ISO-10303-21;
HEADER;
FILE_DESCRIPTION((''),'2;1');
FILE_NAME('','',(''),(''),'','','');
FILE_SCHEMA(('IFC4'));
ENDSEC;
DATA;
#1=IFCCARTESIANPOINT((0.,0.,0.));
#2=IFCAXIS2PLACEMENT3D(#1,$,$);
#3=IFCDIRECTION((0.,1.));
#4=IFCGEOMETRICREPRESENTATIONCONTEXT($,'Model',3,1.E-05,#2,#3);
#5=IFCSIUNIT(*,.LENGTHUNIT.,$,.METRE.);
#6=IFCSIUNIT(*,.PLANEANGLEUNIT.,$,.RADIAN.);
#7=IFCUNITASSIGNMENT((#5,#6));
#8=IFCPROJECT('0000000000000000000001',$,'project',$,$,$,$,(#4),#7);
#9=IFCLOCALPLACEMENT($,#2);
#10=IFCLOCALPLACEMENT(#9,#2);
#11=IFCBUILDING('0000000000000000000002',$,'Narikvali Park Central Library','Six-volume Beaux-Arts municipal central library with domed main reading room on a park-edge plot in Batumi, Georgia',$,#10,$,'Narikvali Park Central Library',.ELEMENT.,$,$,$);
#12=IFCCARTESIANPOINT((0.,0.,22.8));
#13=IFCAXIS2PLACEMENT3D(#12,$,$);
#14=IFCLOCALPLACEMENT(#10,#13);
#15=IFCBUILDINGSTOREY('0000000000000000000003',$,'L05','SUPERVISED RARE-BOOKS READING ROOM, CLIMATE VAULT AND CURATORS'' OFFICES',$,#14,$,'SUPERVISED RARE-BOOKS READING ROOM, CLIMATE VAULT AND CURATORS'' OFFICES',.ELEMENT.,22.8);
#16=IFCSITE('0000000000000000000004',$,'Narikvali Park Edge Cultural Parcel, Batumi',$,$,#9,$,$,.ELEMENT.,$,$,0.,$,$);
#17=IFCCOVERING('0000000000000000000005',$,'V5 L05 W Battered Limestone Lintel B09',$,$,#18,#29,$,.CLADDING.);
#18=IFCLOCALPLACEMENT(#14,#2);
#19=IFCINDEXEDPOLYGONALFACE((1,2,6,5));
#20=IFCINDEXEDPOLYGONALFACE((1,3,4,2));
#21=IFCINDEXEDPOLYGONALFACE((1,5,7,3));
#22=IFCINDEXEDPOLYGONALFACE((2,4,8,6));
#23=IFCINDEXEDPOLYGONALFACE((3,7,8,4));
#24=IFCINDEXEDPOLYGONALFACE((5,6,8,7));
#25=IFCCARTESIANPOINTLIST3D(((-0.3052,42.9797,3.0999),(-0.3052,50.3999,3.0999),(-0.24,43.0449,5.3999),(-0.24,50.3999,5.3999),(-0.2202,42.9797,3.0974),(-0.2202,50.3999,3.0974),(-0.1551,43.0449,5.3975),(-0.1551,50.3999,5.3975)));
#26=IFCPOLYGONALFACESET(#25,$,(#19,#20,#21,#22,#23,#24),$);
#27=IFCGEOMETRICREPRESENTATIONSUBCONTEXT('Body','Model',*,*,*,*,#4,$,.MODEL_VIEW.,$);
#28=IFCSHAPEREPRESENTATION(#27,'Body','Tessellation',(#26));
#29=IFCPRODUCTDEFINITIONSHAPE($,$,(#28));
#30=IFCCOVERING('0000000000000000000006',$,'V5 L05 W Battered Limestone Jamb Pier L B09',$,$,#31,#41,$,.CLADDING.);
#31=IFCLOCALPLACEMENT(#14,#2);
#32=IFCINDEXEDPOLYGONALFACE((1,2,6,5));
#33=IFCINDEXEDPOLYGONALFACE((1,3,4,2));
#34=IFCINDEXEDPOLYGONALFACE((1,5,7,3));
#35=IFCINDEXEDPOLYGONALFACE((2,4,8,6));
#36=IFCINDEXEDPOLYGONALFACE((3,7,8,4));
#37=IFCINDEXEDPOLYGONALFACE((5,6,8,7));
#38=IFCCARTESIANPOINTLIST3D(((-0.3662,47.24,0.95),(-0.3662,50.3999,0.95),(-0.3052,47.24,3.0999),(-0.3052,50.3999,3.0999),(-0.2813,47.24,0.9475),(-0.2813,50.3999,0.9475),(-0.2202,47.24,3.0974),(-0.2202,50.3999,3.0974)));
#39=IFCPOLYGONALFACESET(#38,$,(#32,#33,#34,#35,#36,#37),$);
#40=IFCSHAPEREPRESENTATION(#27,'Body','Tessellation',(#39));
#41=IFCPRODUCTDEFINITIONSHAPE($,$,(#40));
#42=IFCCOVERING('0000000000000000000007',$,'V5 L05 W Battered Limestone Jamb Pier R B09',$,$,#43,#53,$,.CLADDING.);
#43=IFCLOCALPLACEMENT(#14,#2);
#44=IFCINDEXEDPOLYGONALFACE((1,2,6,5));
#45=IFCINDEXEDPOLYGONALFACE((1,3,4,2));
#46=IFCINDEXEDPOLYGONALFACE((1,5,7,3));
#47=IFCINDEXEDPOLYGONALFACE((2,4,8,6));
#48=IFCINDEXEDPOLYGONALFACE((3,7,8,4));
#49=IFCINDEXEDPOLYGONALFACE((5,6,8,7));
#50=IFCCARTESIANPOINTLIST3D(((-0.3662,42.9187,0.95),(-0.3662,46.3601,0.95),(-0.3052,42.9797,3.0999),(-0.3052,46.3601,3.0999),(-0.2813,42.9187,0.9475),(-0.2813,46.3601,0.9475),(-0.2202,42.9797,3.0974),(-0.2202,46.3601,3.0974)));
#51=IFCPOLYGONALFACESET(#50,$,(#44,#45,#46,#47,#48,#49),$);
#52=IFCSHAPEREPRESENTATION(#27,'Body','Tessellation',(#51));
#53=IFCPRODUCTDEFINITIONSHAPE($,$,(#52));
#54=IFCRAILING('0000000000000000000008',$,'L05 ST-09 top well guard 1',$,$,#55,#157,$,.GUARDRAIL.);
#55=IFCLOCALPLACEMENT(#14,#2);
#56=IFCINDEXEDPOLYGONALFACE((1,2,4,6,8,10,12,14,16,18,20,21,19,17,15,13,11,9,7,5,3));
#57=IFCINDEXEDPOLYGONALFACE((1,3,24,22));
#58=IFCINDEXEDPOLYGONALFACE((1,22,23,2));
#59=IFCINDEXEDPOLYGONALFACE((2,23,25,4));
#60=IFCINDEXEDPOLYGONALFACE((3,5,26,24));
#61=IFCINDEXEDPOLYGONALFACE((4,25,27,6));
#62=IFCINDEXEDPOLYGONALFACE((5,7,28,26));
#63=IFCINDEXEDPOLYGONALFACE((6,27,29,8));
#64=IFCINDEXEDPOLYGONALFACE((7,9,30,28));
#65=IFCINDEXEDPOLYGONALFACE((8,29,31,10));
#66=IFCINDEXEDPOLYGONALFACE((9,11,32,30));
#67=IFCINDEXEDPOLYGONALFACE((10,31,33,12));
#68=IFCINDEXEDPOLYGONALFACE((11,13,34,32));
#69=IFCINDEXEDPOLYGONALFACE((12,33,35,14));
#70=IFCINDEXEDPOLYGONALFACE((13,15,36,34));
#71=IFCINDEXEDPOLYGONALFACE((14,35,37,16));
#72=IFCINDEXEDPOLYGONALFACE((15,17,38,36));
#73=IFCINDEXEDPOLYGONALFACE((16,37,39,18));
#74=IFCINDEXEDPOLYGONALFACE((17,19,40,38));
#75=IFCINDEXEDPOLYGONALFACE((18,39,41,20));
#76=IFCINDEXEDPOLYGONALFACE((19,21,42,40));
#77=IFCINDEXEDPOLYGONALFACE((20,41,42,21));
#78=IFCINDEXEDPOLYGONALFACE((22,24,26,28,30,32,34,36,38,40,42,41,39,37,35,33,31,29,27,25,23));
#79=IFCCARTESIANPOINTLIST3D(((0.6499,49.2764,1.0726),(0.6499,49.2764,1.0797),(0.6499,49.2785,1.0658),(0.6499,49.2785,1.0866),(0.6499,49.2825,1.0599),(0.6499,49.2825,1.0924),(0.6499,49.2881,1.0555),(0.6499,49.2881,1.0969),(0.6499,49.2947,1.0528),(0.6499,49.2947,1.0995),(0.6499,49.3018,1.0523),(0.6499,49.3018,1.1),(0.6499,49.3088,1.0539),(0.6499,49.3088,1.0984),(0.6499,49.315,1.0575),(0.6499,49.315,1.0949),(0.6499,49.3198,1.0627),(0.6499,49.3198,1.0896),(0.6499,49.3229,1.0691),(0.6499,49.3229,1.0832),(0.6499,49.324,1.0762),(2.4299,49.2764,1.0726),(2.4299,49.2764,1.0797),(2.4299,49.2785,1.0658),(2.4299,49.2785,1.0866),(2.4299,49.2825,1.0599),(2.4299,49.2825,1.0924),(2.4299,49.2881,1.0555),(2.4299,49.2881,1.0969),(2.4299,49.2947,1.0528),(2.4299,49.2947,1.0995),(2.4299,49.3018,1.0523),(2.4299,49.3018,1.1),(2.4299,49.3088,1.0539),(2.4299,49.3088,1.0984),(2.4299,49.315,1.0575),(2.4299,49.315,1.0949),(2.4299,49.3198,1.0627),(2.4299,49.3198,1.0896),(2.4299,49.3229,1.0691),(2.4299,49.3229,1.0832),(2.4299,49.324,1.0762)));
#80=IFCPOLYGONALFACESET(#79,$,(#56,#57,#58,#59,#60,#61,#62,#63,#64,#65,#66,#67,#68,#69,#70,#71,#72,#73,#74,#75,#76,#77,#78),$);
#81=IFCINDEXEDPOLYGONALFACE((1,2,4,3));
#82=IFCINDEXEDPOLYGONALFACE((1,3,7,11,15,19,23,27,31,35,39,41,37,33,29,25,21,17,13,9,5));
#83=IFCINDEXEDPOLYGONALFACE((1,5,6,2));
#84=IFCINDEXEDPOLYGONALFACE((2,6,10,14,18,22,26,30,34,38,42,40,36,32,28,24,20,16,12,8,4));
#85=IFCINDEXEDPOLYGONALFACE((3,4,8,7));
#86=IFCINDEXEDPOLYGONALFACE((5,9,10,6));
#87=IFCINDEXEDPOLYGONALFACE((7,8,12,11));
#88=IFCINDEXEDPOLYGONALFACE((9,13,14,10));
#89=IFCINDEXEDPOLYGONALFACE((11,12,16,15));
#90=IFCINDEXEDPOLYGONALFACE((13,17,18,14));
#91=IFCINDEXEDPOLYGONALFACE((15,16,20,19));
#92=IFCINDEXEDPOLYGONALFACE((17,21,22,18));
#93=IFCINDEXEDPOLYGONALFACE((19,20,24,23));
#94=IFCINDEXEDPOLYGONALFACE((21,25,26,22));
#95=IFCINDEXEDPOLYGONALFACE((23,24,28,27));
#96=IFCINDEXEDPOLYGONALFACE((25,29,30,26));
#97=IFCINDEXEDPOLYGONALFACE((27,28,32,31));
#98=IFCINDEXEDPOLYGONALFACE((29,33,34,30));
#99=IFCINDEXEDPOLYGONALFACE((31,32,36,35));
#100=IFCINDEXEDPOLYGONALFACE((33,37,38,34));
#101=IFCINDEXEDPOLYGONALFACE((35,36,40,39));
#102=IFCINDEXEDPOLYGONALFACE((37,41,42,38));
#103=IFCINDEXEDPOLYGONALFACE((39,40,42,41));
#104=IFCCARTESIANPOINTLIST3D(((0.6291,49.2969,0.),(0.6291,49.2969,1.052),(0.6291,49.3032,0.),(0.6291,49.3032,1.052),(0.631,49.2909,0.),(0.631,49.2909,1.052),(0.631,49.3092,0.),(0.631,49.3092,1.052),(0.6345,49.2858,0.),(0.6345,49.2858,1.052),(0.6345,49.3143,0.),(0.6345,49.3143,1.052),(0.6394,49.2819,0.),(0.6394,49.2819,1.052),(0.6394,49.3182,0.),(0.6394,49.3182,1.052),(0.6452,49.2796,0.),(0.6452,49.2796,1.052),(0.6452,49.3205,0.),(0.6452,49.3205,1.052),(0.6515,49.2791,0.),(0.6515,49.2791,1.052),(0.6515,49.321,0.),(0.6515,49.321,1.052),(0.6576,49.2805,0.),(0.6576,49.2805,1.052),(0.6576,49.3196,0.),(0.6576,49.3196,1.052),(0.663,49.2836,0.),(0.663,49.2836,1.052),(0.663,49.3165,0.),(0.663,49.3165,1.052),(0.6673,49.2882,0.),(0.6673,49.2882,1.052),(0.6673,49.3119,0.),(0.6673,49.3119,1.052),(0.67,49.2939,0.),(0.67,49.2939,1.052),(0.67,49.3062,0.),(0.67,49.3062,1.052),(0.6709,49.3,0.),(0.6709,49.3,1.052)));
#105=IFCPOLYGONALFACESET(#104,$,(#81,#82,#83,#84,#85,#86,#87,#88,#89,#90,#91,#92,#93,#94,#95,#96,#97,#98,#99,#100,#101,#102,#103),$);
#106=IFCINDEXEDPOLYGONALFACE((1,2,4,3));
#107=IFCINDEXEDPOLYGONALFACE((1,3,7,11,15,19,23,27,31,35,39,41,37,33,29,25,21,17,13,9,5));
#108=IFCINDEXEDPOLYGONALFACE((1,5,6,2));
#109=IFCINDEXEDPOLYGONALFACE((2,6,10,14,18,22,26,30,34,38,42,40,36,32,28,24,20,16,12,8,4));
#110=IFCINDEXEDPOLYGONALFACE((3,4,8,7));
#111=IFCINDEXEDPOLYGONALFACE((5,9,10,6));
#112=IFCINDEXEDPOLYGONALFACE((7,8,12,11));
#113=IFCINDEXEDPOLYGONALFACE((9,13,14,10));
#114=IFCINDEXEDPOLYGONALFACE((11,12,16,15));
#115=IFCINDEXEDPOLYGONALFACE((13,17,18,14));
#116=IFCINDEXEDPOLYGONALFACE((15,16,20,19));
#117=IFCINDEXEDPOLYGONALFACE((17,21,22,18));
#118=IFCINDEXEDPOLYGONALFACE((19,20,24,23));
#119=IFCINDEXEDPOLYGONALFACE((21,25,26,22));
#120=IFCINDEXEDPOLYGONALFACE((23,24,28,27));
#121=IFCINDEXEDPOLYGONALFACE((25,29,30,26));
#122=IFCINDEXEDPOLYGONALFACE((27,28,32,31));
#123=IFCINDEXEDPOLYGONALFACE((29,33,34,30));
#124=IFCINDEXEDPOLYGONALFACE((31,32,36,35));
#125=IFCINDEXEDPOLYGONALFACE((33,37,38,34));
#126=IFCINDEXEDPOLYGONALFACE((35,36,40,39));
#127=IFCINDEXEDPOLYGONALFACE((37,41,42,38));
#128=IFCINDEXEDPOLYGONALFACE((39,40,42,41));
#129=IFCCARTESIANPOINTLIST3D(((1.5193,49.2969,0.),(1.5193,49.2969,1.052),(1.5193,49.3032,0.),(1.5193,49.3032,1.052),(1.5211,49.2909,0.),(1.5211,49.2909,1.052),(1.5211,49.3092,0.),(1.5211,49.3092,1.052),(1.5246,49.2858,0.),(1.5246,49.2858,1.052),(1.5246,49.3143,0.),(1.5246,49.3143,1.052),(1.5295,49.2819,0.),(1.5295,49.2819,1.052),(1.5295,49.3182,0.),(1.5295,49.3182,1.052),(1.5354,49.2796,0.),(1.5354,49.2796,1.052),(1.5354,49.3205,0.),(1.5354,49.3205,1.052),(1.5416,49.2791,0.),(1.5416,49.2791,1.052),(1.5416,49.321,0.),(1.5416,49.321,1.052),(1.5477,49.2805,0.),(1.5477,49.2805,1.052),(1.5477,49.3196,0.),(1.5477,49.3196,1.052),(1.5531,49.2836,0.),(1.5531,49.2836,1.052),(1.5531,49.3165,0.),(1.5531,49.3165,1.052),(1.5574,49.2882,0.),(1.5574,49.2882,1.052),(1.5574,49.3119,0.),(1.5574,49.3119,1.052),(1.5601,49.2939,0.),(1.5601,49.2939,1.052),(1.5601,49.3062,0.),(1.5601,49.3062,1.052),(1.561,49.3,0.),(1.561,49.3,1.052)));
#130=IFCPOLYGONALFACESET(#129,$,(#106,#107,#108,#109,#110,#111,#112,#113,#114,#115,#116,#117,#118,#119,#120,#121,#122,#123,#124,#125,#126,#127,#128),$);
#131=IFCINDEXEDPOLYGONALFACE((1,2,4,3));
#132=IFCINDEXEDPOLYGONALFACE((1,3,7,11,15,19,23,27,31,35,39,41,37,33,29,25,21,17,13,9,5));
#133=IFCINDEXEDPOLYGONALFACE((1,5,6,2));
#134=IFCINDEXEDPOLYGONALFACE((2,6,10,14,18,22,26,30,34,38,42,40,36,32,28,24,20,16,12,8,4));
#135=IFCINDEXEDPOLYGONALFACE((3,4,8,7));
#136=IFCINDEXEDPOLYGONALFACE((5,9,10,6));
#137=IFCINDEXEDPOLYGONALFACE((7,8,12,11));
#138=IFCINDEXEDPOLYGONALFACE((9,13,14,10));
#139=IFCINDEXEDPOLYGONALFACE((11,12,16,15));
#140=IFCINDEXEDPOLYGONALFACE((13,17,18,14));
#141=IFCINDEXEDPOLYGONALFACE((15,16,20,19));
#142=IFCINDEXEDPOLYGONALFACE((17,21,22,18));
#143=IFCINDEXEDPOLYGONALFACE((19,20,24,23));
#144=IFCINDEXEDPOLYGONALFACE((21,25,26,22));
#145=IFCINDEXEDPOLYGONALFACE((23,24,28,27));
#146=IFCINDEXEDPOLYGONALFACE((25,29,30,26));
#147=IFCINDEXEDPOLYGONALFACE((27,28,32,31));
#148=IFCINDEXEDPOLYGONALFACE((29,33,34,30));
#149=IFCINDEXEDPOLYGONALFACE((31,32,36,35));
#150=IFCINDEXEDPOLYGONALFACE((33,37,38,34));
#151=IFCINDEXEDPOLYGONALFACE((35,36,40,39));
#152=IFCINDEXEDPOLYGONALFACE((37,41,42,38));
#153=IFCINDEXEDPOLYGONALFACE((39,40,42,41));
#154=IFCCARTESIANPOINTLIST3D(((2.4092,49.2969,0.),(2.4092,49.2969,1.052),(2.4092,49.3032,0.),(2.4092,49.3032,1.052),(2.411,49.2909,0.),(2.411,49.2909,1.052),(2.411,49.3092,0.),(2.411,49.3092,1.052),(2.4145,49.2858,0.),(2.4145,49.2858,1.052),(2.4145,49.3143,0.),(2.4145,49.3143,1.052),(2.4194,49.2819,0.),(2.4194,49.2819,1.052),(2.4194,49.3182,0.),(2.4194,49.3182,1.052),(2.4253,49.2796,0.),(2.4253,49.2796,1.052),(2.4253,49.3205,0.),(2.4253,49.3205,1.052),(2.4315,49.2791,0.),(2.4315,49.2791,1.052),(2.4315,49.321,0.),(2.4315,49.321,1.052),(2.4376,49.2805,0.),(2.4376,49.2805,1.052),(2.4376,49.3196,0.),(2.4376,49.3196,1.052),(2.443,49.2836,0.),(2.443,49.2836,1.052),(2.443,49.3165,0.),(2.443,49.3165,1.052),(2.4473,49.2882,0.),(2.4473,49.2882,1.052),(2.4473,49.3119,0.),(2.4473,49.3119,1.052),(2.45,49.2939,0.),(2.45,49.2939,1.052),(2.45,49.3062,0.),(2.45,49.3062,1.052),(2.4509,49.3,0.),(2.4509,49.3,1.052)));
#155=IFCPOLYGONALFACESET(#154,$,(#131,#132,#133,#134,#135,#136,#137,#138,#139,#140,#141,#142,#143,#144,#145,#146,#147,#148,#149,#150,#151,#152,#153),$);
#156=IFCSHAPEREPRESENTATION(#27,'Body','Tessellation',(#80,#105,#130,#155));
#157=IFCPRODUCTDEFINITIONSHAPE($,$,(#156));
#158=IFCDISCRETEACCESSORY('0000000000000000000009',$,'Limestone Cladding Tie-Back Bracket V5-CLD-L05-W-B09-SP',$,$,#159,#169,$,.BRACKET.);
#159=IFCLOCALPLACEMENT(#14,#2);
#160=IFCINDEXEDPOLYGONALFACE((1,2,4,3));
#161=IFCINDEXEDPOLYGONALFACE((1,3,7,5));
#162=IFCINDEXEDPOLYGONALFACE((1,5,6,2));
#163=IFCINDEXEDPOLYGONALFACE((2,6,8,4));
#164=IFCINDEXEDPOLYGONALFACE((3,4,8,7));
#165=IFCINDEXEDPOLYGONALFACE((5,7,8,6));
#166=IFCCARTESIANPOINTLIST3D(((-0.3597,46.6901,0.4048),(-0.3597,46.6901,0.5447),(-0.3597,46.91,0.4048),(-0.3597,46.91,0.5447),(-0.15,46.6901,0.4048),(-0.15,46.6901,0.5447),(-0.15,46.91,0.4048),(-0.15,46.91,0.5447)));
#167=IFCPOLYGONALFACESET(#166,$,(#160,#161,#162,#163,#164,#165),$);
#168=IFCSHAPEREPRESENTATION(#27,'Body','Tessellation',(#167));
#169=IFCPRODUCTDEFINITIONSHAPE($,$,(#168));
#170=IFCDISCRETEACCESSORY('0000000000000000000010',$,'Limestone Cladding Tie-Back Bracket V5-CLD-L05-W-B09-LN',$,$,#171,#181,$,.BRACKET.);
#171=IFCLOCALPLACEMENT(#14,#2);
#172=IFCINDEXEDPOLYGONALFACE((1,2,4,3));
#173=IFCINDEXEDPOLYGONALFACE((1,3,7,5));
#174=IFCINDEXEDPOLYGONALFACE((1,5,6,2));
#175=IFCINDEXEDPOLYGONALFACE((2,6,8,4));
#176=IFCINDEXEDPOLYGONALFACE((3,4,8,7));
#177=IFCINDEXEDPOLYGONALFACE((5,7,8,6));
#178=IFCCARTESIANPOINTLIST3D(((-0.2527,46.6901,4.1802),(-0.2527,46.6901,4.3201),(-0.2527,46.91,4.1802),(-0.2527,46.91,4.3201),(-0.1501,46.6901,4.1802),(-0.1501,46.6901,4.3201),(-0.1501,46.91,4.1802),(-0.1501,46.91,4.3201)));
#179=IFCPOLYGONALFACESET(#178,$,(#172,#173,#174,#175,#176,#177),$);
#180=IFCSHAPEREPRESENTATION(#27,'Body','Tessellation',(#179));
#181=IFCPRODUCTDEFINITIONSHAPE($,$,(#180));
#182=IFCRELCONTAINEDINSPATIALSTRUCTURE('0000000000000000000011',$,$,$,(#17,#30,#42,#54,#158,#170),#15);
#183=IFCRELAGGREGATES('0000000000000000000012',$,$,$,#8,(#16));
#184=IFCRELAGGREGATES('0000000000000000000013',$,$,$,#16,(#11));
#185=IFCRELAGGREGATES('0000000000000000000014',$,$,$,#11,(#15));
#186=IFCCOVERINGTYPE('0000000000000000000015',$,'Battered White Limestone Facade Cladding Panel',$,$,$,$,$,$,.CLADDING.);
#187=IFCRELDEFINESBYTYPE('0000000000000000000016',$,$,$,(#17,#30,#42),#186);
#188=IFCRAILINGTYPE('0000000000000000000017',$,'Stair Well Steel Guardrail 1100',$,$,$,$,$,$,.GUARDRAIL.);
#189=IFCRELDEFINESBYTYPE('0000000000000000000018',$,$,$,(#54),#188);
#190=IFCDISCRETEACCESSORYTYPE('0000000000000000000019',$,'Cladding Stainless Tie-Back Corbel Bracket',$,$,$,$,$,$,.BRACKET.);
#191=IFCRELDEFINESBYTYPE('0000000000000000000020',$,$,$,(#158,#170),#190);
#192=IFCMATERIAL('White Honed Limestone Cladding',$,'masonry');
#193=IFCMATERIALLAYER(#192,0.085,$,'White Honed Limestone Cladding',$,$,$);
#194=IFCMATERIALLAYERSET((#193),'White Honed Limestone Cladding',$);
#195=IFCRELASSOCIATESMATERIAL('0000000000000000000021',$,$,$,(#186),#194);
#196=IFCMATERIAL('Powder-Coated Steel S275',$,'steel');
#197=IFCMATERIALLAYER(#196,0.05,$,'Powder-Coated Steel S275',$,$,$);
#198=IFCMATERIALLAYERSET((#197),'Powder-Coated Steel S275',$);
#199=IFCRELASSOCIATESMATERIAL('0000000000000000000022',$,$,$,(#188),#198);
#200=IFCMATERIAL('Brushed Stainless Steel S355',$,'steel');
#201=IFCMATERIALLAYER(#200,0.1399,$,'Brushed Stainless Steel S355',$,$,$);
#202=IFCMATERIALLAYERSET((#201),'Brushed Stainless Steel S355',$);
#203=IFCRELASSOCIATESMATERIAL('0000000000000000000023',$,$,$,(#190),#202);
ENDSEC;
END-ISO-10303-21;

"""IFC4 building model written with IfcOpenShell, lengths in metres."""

from ifc_helpers import new_model, si_unit, direction, frame, origin, origin_2d, place, context, subcontext, project, spatial, polyline, rectangle, circle, outline, extrude, material, layer, layer_set, type_object, element, save


model = new_model("IFC4")

# Units and contexts
model_context = context("Model", 3, precision=1e-05, world=origin(), true_north=direction((0.0, 1.0)))
body_context = subcontext(model_context, "Body", "Model", "MODEL_VIEW")
ifc_project = project(units=[si_unit("LENGTHUNIT", "METRE"), si_unit("PLANEANGLEUNIT", "RADIAN")], contexts=[model_context])

# Site, building, storey
site_placement = place(None, origin())
site = spatial("IfcSite", under=ifc_project, at=site_placement, Name="Narikvali Park Edge Cultural Parcel, Batumi", CompositionType="ELEMENT", RefElevation=0.0)
building_placement = place(site_placement, origin())
building = spatial("IfcBuilding", under=site, at=building_placement, Name="Narikvali Park Central Library", Description="Six-volume Beaux-Arts municipal central library with domed main reading room on a park-edge plot in Batumi, Georgia", LongName="Narikvali Park Central Library", CompositionType="ELEMENT")
storey_placement = place(building_placement, frame((0.0, 0.0, 22.8)))
storey = spatial("IfcBuildingStorey", under=building, at=storey_placement, Name="L05", Description="SUPERVISED RARE-BOOKS READING ROOM, CLIMATE VAULT AND CURATORS' OFFICES", LongName="SUPERVISED RARE-BOOKS READING ROOM, CLIMATE VAULT AND CURATORS' OFFICES", CompositionType="ELEMENT", Elevation=22.8)

# Coverings
ifc_material_1 = material(Name="White Honed Limestone Cladding", Category="masonry")
ifc_layer_1 = layer(ifc_material_1, 0.085, Name="White Honed Limestone Cladding")
ifc_layer_set_1 = layer_set([ifc_layer_1], Name="White Honed Limestone Cladding")
covering_type = type_object("IfcCoveringType", Name="Battered White Limestone Facade Cladding Panel", PredefinedType="CLADDING", material=ifc_layer_set_1)
covering_1_placement = place(storey_placement, frame((-0.3052, 50.3999, 3.0999), z_axis=(-0.999599, 0.0, 0.02833), x_axis=(0.0, -1.0, 0.0)))
element("IfcCovering", 1, at=covering_1_placement, inside=storey, type_object=covering_type, Name="V5 L05 W Battered Limestone Lintel B09", PredefinedType="CLADDING", context=body_context, shape_type="SweptSolid", body=[
    extrude(outline(polyline([(0.0, 0.0), (7.4202, 0.0), (7.355, 2.301), (0.0, 2.301), (0.0, 0.0)])), origin(), (0.0, 0.0, -1.0), 0.085),
])
covering_2_placement = place(storey_placement, frame((-0.3662, 50.3999, 0.95), z_axis=(-0.999597, 0.0, 0.028378), x_axis=(0.0, -1.0, 0.0)))
element("IfcCovering", 2, at=covering_2_placement, inside=storey, type_object=covering_type, Name="V5 L05 W Battered Limestone Jamb Pier L B09", PredefinedType="CLADDING", context=body_context, shape_type="SweptSolid", body=[
    extrude(outline(polyline([(0.0, 0.0), (3.1599, 0.0), (3.1599, 2.1508), (0.0, 2.1508), (0.0, 0.0)])), origin(), (0.0, 0.0, -1.0), 0.085),
])
covering_3_placement = place(storey_placement, frame((-0.3662, 46.3601, 0.95), z_axis=(-0.999597, 0.0, 0.028378), x_axis=(0.0, -1.0, 0.0)))
element("IfcCovering", 3, at=covering_3_placement, inside=storey, type_object=covering_type, Name="V5 L05 W Battered Limestone Jamb Pier R B09", PredefinedType="CLADDING", context=body_context, shape_type="SweptSolid", body=[
    extrude(outline(polyline([(0.0, 0.0), (3.4414, 0.0), (3.3804, 2.1508), (0.0, 2.1508), (0.0, 0.0)])), origin(), (0.0, 0.0, -1.0), 0.085),
])

# Railing
ifc_material_2 = material(Name="Powder-Coated Steel S275", Category="steel")
ifc_layer_2 = layer(ifc_material_2, 0.05, Name="Powder-Coated Steel S275")
ifc_layer_set_2 = layer_set([ifc_layer_2], Name="Powder-Coated Steel S275")
railing_type = type_object("IfcRailingType", Name="Stair Well Steel Guardrail 1100", PredefinedType="GUARDRAIL", material=ifc_layer_set_2)
railing_placement = place(storey_placement, frame((0.6499, 49.3, 0.0)))
element("IfcRailing", 4, at=railing_placement, inside=storey, type_object=railing_type, Name="L05 ST-09 top well guard 1", PredefinedType="GUARDRAIL", context=body_context, shape_type="SweptSolid", body=[
    extrude(circle(Radius=0.0239, at=origin_2d()), frame((0.0, 0.0, 1.0762), z_axis=(1.0, 0.0, 0.0), x_axis=(0.0, 1.0, 0.0)), (0.0, 0.0, 1.0), 1.78),
    extrude(circle(Radius=0.021, at=origin_2d()), origin(), (0.0, 0.0, 1.0), 1.052),
    extrude(circle(Radius=0.021, at=origin_2d()), frame((0.8901, 0.0, 0.0)), (0.0, 0.0, 1.0), 1.052),
    extrude(circle(Radius=0.021, at=origin_2d()), frame((1.78, 0.0, 0.0)), (0.0, 0.0, 1.0), 1.052),
])

# Discrete accessories
ifc_material_3 = material(Name="Brushed Stainless Steel S355", Category="steel")
ifc_layer_3 = layer(ifc_material_3, 0.1399, Name="Brushed Stainless Steel S355")
ifc_layer_set_3 = layer_set([ifc_layer_3], Name="Brushed Stainless Steel S355")
discrete_accessory_type = type_object("IfcDiscreteAccessoryType", Name="Cladding Stainless Tie-Back Corbel Bracket", PredefinedType="BRACKET", material=ifc_layer_set_3)
discrete_accessory_1_placement = place(storey_placement, frame((-0.2549, 46.8, 0.4048), z_axis=(0.0, 0.0, 1.0), x_axis=(1.0, 0.0, 0.0)))
element("IfcDiscreteAccessory", 5, at=discrete_accessory_1_placement, inside=storey, type_object=discrete_accessory_type, Name="Limestone Cladding Tie-Back Bracket V5-CLD-L05-W-B09-SP", PredefinedType="BRACKET", context=body_context, shape_type="SweptSolid", body=[
    extrude(rectangle(XDim=0.2097, YDim=0.22, at=origin_2d()), origin(), (0.0, 0.0, 1.0), 0.1399),
])
discrete_accessory_2_placement = place(storey_placement, frame((-0.2014, 46.8, 4.1802), z_axis=(0.0, 0.0, 1.0), x_axis=(1.0, 0.0, 0.0)))
element("IfcDiscreteAccessory", 6, at=discrete_accessory_2_placement, inside=storey, type_object=discrete_accessory_type, Name="Limestone Cladding Tie-Back Bracket V5-CLD-L05-W-B09-LN", PredefinedType="BRACKET", context=body_context, shape_type="SweptSolid", body=[
    extrude(rectangle(XDim=0.1025, YDim=0.22, at=origin_2d()), origin(), (0.0, 0.0, 1.0), 0.1399),
])

save(model, "model.ifc")
